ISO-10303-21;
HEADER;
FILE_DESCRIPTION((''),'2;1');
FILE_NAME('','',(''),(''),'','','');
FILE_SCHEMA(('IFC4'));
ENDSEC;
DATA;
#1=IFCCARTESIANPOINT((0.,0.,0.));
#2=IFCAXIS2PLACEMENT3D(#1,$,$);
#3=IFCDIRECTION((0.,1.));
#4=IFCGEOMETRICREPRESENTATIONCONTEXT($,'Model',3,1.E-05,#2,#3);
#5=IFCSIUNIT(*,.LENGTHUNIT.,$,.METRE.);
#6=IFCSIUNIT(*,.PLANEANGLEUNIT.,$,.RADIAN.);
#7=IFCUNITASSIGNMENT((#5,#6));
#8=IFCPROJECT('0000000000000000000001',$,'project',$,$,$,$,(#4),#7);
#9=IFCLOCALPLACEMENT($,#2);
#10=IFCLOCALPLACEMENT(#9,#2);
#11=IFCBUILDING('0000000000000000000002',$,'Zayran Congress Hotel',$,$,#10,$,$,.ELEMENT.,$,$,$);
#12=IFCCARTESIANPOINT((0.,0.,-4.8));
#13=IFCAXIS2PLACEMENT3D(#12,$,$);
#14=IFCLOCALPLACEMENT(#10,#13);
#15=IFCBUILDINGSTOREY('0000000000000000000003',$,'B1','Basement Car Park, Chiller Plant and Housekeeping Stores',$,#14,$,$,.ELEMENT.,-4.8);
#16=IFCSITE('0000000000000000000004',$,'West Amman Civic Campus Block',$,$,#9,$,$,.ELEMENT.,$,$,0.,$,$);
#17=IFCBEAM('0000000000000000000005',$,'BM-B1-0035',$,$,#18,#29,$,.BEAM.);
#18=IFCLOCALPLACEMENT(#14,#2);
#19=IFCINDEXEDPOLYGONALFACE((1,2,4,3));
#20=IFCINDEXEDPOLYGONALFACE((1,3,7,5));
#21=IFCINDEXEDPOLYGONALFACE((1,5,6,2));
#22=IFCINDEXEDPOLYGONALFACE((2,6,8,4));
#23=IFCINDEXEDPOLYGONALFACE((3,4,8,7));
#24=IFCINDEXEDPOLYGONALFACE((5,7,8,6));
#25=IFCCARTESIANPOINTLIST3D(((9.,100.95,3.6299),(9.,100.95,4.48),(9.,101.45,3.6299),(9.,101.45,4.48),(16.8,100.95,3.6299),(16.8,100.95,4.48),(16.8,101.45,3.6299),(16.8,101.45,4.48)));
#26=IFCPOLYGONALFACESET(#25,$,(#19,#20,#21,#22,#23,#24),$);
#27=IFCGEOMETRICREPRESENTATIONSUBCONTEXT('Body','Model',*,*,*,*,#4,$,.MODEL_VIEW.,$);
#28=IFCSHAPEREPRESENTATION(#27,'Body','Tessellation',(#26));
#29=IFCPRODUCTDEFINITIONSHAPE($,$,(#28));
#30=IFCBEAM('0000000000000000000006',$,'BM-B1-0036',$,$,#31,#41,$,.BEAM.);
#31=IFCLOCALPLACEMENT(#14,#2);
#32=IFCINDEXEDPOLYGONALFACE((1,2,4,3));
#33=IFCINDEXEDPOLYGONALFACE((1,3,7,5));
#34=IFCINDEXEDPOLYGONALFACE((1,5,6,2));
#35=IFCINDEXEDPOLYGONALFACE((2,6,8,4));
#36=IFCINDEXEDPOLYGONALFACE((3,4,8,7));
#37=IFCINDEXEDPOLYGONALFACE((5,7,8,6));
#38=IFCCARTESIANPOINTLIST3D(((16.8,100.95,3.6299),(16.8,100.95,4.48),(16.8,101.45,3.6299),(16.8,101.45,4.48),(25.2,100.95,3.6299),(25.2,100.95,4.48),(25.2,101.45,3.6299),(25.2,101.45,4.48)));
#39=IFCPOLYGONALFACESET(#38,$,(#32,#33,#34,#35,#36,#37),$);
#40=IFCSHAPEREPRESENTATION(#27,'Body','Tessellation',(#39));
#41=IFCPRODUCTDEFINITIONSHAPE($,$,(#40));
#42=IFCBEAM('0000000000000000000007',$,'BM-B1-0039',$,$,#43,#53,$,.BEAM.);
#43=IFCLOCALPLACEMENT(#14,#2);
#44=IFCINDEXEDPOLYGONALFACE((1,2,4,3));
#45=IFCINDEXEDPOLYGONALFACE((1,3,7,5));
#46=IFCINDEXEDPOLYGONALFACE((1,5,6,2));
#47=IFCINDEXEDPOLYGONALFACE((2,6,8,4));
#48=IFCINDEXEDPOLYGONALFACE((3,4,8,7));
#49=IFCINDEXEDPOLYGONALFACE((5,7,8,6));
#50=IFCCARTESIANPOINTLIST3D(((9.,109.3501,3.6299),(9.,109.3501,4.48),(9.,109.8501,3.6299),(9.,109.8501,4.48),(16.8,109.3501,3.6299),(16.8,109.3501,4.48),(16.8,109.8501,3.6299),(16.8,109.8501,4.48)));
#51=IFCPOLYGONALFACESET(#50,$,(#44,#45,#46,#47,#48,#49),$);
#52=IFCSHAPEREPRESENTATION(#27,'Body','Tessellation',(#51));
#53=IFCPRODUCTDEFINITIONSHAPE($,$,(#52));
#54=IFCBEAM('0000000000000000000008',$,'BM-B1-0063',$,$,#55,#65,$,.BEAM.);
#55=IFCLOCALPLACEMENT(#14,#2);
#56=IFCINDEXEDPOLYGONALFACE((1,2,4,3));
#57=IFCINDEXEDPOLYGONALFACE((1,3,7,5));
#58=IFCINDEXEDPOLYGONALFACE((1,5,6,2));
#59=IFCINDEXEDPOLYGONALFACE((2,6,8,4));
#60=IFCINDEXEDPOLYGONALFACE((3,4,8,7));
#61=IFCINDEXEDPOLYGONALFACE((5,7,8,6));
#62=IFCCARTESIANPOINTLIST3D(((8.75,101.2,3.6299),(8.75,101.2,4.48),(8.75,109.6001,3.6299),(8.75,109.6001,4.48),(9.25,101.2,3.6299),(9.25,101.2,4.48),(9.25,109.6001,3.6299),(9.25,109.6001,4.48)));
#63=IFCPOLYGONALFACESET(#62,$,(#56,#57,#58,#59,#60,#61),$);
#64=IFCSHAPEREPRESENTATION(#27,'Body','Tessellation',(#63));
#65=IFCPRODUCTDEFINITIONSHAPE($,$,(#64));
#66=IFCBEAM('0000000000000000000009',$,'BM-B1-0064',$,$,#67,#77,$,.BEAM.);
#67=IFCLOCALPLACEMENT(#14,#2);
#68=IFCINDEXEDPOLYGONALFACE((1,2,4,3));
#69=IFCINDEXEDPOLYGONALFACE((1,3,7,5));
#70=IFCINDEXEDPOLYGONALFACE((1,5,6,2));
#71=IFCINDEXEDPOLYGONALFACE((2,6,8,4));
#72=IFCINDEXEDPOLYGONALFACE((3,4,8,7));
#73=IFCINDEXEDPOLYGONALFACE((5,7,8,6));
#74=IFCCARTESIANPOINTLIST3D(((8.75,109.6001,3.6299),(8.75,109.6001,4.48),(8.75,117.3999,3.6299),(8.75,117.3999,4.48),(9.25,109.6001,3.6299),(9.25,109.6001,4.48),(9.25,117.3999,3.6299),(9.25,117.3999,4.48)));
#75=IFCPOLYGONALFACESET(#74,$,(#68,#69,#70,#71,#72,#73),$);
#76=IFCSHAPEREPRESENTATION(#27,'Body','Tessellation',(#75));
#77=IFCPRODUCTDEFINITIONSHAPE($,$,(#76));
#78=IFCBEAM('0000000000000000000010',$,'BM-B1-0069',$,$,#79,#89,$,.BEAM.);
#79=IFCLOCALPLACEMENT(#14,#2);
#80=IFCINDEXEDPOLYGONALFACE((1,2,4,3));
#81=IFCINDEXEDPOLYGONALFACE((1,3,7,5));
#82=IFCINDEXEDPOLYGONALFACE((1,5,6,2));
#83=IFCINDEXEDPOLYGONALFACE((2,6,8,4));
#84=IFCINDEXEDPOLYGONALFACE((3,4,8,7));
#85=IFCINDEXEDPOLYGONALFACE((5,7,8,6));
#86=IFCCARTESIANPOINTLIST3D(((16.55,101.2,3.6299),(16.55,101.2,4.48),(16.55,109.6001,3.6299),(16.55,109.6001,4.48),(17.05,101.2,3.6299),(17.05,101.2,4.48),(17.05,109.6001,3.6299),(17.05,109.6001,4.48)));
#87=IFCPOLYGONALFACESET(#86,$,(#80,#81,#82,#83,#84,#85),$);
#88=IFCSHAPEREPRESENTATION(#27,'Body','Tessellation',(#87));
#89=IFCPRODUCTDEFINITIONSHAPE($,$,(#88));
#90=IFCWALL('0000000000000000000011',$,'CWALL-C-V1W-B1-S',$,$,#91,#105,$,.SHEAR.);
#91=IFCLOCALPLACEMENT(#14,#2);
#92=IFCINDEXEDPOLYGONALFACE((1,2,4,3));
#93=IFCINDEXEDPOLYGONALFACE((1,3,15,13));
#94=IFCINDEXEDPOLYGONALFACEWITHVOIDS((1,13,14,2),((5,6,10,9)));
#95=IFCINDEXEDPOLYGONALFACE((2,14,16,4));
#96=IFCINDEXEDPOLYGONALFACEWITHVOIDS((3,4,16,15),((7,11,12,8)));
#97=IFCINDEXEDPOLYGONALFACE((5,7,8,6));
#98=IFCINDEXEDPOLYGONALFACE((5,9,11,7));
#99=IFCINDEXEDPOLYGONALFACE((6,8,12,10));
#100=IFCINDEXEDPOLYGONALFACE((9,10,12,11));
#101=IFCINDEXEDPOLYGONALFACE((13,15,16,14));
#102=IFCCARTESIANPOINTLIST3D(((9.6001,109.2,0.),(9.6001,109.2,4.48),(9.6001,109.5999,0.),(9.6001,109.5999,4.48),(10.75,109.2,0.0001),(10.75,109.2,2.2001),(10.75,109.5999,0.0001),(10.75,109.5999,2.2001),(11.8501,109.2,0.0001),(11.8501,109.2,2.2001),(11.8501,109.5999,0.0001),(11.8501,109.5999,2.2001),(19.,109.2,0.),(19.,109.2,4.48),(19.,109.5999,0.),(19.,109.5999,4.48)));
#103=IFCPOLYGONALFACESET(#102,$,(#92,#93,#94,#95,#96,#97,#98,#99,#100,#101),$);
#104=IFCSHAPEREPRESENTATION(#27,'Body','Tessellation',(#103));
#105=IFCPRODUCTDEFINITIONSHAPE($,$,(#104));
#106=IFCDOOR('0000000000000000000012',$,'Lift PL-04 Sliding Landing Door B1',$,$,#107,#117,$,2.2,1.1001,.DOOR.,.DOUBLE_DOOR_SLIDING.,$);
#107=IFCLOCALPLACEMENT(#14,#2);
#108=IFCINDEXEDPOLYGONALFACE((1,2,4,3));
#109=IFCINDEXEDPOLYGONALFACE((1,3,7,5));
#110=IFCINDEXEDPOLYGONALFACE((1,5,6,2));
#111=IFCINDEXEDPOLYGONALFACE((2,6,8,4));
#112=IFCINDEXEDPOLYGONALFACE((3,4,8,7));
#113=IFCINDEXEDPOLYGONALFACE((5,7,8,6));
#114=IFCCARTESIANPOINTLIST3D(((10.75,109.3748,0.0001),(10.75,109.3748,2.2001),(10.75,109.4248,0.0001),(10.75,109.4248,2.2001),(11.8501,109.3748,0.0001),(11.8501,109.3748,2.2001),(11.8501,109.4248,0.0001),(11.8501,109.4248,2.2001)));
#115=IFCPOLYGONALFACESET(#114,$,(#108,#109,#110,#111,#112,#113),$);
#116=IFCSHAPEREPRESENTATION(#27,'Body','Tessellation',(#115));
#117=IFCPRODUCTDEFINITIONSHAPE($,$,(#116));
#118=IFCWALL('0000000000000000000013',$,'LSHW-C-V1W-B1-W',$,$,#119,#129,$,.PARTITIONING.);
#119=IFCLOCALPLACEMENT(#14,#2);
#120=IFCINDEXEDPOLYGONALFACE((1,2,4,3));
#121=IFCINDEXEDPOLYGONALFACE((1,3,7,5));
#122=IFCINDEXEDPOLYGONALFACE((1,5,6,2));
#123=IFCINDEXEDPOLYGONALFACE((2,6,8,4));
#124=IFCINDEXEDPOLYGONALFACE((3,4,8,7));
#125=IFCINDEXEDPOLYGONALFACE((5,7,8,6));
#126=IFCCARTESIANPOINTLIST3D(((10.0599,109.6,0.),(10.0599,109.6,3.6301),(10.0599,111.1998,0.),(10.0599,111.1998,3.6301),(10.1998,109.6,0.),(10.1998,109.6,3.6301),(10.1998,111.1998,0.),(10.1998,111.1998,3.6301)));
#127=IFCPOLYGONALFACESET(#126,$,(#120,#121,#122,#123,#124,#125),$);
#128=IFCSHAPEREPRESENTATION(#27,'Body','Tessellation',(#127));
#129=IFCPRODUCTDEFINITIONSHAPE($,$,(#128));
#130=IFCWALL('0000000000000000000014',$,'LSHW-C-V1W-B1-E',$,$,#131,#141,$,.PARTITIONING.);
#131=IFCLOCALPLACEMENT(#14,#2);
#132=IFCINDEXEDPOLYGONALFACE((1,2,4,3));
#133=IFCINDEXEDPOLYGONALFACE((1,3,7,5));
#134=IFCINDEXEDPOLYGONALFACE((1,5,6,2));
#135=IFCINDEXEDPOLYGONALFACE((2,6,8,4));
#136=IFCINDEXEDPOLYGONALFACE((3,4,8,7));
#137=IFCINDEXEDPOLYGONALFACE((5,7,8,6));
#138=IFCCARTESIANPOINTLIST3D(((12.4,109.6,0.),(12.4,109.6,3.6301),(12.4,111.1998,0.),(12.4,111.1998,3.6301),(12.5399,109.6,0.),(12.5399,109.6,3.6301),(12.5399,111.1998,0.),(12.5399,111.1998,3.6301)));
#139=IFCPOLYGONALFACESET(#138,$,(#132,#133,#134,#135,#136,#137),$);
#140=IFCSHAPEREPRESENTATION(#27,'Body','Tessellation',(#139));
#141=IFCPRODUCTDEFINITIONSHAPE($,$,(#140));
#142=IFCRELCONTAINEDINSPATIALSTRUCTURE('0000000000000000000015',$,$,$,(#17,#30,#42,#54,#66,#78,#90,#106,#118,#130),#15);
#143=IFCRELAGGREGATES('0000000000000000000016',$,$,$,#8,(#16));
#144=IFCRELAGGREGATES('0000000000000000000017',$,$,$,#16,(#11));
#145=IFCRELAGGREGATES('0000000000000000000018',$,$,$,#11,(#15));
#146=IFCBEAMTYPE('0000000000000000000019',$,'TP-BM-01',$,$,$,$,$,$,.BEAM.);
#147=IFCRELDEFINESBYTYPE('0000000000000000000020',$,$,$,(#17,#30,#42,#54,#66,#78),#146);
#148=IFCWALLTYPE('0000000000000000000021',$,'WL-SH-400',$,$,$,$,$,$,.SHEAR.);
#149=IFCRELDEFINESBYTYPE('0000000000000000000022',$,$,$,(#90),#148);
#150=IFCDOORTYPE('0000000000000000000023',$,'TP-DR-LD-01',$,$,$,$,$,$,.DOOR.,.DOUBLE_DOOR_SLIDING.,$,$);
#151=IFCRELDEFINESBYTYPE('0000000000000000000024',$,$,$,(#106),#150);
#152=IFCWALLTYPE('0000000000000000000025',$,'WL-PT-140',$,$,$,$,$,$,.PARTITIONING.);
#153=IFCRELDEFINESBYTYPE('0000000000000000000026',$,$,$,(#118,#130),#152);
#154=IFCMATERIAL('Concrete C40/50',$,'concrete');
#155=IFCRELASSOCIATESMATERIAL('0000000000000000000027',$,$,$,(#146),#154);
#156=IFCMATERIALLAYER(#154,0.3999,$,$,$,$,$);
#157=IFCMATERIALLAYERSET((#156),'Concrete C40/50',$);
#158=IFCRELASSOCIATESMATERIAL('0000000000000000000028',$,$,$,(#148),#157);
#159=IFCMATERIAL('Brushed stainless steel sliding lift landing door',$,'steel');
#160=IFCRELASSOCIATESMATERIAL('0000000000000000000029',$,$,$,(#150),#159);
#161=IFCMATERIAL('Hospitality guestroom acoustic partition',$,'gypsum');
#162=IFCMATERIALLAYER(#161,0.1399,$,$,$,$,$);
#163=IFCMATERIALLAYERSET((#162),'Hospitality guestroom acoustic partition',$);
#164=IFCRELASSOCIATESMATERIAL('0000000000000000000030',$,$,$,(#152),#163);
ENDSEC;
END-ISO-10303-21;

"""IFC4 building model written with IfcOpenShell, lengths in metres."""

from ifc_helpers import new_model, si_unit, direction, frame, frame_2d, origin, origin_2d, place, context, subcontext, project, spatial, rectangle, extrude, material, layer, layer_set, material_profile, profile_set, type_object, element, fill, save


model = new_model("IFC4")

# Units and contexts
model_context = context("Model", 3, precision=1e-05, world=origin(), true_north=direction((0.0, 1.0)))
body_context = subcontext(model_context, "Body", "Model", "MODEL_VIEW")
ifc_project = project(units=[si_unit("LENGTHUNIT", "METRE"), si_unit("PLANEANGLEUNIT", "RADIAN")], contexts=[model_context])

# Site, building, storey
site_placement = place(None, origin())
site = spatial("IfcSite", under=ifc_project, at=site_placement, Name="West Amman Civic Campus Block", CompositionType="ELEMENT", RefElevation=0.0)
building_placement = place(site_placement, origin())
building = spatial("IfcBuilding", under=site, at=building_placement, Name="Zayran Congress Hotel", CompositionType="ELEMENT")
storey_placement = place(building_placement, frame((0.0, 0.0, -4.8)))
storey = spatial("IfcBuildingStorey", under=building, at=storey_placement, Name="B1", Description="Basement Car Park, Chiller Plant and Housekeeping Stores", CompositionType="ELEMENT", Elevation=-4.8)

# Shared definitions
ifc_material_1 = material(Name="Concrete C40/50", Category="concrete")

# Beams
ifc_material_profile_1 = material_profile(ifc_material_1, rectangle(XDim=0.5, YDim=0.8501, at=origin_2d()), Name="RC 500x850")
ifc_profile_set_1 = profile_set([ifc_material_profile_1], Name="Concrete C40/50")
beam_type = type_object("IfcBeamType", Name="TP-BM-01", PredefinedType="BEAM", material=ifc_profile_set_1)
beam_1_placement = place(storey_placement, frame((9.0, 101.2, 4.0549), z_axis=(1.0, 0.0, 0.0), x_axis=(0.0, 1.0, 0.0)))
element("IfcBeam", 1, at=beam_1_placement, inside=storey, type_object=beam_type, Name="BM-B1-0035", PredefinedType="BEAM", context=body_context, shape_type="SweptSolid", body=[
    extrude(rectangle(XDim=0.5, YDim=0.8501, at=origin_2d()), origin(), (0.0, 0.0, 1.0), 7.8),
])
beam_2_placement = place(storey_placement, frame((16.8, 101.2, 4.0549), z_axis=(1.0, 0.0, 0.0), x_axis=(0.0, 1.0, 0.0)))
element("IfcBeam", 2, at=beam_2_placement, inside=storey, type_object=beam_type, Name="BM-B1-0036", PredefinedType="BEAM", context=body_context, shape_type="SweptSolid", body=[
    extrude(rectangle(XDim=0.5, YDim=0.8501, at=origin_2d()), origin(), (0.0, 0.0, 1.0), 8.3999),
])
beam_3_placement = place(storey_placement, frame((9.0, 109.6001, 4.0549), z_axis=(1.0, 0.0, 0.0), x_axis=(0.0, 1.0, 0.0)))
element("IfcBeam", 3, at=beam_3_placement, inside=storey, type_object=beam_type, Name="BM-B1-0039", PredefinedType="BEAM", context=body_context, shape_type="SweptSolid", body=[
    extrude(rectangle(XDim=0.5, YDim=0.8501, at=origin_2d()), origin(), (0.0, 0.0, 1.0), 7.8),
])
beam_4_placement = place(storey_placement, frame((9.0, 101.2, 4.0549), z_axis=(0.0, 1.0, 0.0), x_axis=(-1.0, 0.0, 0.0)))
element("IfcBeam", 4, at=beam_4_placement, inside=storey, type_object=beam_type, Name="BM-B1-0063", PredefinedType="BEAM", context=body_context, shape_type="SweptSolid", body=[
    extrude(rectangle(XDim=0.5, YDim=0.8501, at=origin_2d()), origin(), (0.0, 0.0, 1.0), 8.4001),
])
beam_5_placement = place(storey_placement, frame((9.0, 109.6001, 4.0549), z_axis=(0.0, 1.0, 0.0), x_axis=(-1.0, 0.0, 0.0)))
element("IfcBeam", 5, at=beam_5_placement, inside=storey, type_object=beam_type, Name="BM-B1-0064", PredefinedType="BEAM", context=body_context, shape_type="SweptSolid", body=[
    extrude(rectangle(XDim=0.5, YDim=0.8501, at=origin_2d()), origin(), (0.0, 0.0, 1.0), 7.7998),
])
beam_6_placement = place(storey_placement, frame((16.8, 101.2, 4.0549), z_axis=(0.0, 1.0, 0.0), x_axis=(-1.0, 0.0, 0.0)))
element("IfcBeam", 6, at=beam_6_placement, inside=storey, type_object=beam_type, Name="BM-B1-0069", PredefinedType="BEAM", context=body_context, shape_type="SweptSolid", body=[
    extrude(rectangle(XDim=0.5, YDim=0.8501, at=origin_2d()), origin(), (0.0, 0.0, 1.0), 8.4001),
])

# Wall, opening, door
ifc_layer_1 = layer(ifc_material_1, 0.3999)
ifc_layer_set_1 = layer_set([ifc_layer_1], Name="Concrete C40/50")
wall_type_1 = type_object("IfcWallType", Name="WL-SH-400", PredefinedType="SHEAR", material=ifc_layer_set_1)
wall_placement = place(storey_placement, frame((9.6001, 109.3999, 0.0), z_axis=(0.0, 0.0, 1.0), x_axis=(1.0, 0.0, 0.0)))
wall = element("IfcWall", 7, at=wall_placement, inside=storey, type_object=wall_type_1, Name="CWALL-C-V1W-B1-S", PredefinedType="SHEAR", context=body_context, shape_type="SweptSolid", body=[
    extrude(rectangle(XDim=9.3999, YDim=0.3999, at=frame_2d((4.7, 0.0))), origin(), (0.0, 0.0, 1.0), 4.48),
])
opening_placement = place(wall_placement, frame((1.1499, 0.0, 0.0)))
opening = element("IfcOpeningElement", 8, at=opening_placement, cuts=wall, PredefinedType="OPENING", context=body_context, shape_type="SweptSolid", body=[
    extrude(rectangle(XDim=1.1001, YDim=2.2, at=frame_2d((0.55, 1.1001))), frame((0.0, 0.21, 0.0), z_axis=(0.0, -1.0, 0.0), x_axis=(1.0, 0.0, 0.0)), (0.0, 0.0, 1.0), 0.4199),
])
ifc_material_2 = material(Name="Brushed stainless steel sliding lift landing door", Category="steel")
door_type = type_object("IfcDoorType", Name="TP-DR-LD-01", OperationType="DOUBLE_DOOR_SLIDING", PredefinedType="DOOR", material=ifc_material_2)
door_placement = place(opening_placement, origin())
door = element("IfcDoor", 9, at=door_placement, inside=storey, type_object=door_type, Name="Lift PL-04 Sliding Landing Door B1", OperationType="DOUBLE_DOOR_SLIDING", OverallHeight=2.2, OverallWidth=1.1001, PredefinedType="DOOR", context=body_context, shape_type="SweptSolid", body=[
    extrude(rectangle(XDim=1.1001, YDim=2.2, at=frame_2d((0.55, 1.1001))), frame((0.0, 0.0249, 0.0), z_axis=(0.0, -1.0, 0.0), x_axis=(1.0, 0.0, 0.0)), (0.0, 0.0, 1.0), 0.05),
])
fill(opening, door)

# Walls
ifc_material_3 = material(Name="Hospitality guestroom acoustic partition", Category="gypsum")
ifc_layer_2 = layer(ifc_material_3, 0.1399)
ifc_layer_set_2 = layer_set([ifc_layer_2], Name="Hospitality guestroom acoustic partition")
wall_type_2 = type_object("IfcWallType", Name="WL-PT-140", PredefinedType="PARTITIONING", material=ifc_layer_set_2)
for number, where, z_axis, x_axis, name in (
    (10, (10.1299, 109.6001, 0.0), (0.0, 0.0, 1.0), (0.0, 1.0, 0.0), "LSHW-C-V1W-B1-W"),
    (11, (12.47, 109.6001, 0.0), (0.0, 0.0, 1.0), (0.0, 1.0, 0.0), "LSHW-C-V1W-B1-E"),
):
    element("IfcWall", number, at=place(storey_placement, frame(where, z_axis=z_axis, x_axis=x_axis)), inside=storey, type_object=wall_type_2, Name=name, PredefinedType="PARTITIONING", context=body_context, shape_type="SweptSolid", body=[
        extrude(rectangle(XDim=1.5999, YDim=0.1399, at=frame_2d((0.7998, 0.0))), origin(), (0.0, 0.0, 1.0), 3.6301),
    ])

save(model, "model.ifc")
